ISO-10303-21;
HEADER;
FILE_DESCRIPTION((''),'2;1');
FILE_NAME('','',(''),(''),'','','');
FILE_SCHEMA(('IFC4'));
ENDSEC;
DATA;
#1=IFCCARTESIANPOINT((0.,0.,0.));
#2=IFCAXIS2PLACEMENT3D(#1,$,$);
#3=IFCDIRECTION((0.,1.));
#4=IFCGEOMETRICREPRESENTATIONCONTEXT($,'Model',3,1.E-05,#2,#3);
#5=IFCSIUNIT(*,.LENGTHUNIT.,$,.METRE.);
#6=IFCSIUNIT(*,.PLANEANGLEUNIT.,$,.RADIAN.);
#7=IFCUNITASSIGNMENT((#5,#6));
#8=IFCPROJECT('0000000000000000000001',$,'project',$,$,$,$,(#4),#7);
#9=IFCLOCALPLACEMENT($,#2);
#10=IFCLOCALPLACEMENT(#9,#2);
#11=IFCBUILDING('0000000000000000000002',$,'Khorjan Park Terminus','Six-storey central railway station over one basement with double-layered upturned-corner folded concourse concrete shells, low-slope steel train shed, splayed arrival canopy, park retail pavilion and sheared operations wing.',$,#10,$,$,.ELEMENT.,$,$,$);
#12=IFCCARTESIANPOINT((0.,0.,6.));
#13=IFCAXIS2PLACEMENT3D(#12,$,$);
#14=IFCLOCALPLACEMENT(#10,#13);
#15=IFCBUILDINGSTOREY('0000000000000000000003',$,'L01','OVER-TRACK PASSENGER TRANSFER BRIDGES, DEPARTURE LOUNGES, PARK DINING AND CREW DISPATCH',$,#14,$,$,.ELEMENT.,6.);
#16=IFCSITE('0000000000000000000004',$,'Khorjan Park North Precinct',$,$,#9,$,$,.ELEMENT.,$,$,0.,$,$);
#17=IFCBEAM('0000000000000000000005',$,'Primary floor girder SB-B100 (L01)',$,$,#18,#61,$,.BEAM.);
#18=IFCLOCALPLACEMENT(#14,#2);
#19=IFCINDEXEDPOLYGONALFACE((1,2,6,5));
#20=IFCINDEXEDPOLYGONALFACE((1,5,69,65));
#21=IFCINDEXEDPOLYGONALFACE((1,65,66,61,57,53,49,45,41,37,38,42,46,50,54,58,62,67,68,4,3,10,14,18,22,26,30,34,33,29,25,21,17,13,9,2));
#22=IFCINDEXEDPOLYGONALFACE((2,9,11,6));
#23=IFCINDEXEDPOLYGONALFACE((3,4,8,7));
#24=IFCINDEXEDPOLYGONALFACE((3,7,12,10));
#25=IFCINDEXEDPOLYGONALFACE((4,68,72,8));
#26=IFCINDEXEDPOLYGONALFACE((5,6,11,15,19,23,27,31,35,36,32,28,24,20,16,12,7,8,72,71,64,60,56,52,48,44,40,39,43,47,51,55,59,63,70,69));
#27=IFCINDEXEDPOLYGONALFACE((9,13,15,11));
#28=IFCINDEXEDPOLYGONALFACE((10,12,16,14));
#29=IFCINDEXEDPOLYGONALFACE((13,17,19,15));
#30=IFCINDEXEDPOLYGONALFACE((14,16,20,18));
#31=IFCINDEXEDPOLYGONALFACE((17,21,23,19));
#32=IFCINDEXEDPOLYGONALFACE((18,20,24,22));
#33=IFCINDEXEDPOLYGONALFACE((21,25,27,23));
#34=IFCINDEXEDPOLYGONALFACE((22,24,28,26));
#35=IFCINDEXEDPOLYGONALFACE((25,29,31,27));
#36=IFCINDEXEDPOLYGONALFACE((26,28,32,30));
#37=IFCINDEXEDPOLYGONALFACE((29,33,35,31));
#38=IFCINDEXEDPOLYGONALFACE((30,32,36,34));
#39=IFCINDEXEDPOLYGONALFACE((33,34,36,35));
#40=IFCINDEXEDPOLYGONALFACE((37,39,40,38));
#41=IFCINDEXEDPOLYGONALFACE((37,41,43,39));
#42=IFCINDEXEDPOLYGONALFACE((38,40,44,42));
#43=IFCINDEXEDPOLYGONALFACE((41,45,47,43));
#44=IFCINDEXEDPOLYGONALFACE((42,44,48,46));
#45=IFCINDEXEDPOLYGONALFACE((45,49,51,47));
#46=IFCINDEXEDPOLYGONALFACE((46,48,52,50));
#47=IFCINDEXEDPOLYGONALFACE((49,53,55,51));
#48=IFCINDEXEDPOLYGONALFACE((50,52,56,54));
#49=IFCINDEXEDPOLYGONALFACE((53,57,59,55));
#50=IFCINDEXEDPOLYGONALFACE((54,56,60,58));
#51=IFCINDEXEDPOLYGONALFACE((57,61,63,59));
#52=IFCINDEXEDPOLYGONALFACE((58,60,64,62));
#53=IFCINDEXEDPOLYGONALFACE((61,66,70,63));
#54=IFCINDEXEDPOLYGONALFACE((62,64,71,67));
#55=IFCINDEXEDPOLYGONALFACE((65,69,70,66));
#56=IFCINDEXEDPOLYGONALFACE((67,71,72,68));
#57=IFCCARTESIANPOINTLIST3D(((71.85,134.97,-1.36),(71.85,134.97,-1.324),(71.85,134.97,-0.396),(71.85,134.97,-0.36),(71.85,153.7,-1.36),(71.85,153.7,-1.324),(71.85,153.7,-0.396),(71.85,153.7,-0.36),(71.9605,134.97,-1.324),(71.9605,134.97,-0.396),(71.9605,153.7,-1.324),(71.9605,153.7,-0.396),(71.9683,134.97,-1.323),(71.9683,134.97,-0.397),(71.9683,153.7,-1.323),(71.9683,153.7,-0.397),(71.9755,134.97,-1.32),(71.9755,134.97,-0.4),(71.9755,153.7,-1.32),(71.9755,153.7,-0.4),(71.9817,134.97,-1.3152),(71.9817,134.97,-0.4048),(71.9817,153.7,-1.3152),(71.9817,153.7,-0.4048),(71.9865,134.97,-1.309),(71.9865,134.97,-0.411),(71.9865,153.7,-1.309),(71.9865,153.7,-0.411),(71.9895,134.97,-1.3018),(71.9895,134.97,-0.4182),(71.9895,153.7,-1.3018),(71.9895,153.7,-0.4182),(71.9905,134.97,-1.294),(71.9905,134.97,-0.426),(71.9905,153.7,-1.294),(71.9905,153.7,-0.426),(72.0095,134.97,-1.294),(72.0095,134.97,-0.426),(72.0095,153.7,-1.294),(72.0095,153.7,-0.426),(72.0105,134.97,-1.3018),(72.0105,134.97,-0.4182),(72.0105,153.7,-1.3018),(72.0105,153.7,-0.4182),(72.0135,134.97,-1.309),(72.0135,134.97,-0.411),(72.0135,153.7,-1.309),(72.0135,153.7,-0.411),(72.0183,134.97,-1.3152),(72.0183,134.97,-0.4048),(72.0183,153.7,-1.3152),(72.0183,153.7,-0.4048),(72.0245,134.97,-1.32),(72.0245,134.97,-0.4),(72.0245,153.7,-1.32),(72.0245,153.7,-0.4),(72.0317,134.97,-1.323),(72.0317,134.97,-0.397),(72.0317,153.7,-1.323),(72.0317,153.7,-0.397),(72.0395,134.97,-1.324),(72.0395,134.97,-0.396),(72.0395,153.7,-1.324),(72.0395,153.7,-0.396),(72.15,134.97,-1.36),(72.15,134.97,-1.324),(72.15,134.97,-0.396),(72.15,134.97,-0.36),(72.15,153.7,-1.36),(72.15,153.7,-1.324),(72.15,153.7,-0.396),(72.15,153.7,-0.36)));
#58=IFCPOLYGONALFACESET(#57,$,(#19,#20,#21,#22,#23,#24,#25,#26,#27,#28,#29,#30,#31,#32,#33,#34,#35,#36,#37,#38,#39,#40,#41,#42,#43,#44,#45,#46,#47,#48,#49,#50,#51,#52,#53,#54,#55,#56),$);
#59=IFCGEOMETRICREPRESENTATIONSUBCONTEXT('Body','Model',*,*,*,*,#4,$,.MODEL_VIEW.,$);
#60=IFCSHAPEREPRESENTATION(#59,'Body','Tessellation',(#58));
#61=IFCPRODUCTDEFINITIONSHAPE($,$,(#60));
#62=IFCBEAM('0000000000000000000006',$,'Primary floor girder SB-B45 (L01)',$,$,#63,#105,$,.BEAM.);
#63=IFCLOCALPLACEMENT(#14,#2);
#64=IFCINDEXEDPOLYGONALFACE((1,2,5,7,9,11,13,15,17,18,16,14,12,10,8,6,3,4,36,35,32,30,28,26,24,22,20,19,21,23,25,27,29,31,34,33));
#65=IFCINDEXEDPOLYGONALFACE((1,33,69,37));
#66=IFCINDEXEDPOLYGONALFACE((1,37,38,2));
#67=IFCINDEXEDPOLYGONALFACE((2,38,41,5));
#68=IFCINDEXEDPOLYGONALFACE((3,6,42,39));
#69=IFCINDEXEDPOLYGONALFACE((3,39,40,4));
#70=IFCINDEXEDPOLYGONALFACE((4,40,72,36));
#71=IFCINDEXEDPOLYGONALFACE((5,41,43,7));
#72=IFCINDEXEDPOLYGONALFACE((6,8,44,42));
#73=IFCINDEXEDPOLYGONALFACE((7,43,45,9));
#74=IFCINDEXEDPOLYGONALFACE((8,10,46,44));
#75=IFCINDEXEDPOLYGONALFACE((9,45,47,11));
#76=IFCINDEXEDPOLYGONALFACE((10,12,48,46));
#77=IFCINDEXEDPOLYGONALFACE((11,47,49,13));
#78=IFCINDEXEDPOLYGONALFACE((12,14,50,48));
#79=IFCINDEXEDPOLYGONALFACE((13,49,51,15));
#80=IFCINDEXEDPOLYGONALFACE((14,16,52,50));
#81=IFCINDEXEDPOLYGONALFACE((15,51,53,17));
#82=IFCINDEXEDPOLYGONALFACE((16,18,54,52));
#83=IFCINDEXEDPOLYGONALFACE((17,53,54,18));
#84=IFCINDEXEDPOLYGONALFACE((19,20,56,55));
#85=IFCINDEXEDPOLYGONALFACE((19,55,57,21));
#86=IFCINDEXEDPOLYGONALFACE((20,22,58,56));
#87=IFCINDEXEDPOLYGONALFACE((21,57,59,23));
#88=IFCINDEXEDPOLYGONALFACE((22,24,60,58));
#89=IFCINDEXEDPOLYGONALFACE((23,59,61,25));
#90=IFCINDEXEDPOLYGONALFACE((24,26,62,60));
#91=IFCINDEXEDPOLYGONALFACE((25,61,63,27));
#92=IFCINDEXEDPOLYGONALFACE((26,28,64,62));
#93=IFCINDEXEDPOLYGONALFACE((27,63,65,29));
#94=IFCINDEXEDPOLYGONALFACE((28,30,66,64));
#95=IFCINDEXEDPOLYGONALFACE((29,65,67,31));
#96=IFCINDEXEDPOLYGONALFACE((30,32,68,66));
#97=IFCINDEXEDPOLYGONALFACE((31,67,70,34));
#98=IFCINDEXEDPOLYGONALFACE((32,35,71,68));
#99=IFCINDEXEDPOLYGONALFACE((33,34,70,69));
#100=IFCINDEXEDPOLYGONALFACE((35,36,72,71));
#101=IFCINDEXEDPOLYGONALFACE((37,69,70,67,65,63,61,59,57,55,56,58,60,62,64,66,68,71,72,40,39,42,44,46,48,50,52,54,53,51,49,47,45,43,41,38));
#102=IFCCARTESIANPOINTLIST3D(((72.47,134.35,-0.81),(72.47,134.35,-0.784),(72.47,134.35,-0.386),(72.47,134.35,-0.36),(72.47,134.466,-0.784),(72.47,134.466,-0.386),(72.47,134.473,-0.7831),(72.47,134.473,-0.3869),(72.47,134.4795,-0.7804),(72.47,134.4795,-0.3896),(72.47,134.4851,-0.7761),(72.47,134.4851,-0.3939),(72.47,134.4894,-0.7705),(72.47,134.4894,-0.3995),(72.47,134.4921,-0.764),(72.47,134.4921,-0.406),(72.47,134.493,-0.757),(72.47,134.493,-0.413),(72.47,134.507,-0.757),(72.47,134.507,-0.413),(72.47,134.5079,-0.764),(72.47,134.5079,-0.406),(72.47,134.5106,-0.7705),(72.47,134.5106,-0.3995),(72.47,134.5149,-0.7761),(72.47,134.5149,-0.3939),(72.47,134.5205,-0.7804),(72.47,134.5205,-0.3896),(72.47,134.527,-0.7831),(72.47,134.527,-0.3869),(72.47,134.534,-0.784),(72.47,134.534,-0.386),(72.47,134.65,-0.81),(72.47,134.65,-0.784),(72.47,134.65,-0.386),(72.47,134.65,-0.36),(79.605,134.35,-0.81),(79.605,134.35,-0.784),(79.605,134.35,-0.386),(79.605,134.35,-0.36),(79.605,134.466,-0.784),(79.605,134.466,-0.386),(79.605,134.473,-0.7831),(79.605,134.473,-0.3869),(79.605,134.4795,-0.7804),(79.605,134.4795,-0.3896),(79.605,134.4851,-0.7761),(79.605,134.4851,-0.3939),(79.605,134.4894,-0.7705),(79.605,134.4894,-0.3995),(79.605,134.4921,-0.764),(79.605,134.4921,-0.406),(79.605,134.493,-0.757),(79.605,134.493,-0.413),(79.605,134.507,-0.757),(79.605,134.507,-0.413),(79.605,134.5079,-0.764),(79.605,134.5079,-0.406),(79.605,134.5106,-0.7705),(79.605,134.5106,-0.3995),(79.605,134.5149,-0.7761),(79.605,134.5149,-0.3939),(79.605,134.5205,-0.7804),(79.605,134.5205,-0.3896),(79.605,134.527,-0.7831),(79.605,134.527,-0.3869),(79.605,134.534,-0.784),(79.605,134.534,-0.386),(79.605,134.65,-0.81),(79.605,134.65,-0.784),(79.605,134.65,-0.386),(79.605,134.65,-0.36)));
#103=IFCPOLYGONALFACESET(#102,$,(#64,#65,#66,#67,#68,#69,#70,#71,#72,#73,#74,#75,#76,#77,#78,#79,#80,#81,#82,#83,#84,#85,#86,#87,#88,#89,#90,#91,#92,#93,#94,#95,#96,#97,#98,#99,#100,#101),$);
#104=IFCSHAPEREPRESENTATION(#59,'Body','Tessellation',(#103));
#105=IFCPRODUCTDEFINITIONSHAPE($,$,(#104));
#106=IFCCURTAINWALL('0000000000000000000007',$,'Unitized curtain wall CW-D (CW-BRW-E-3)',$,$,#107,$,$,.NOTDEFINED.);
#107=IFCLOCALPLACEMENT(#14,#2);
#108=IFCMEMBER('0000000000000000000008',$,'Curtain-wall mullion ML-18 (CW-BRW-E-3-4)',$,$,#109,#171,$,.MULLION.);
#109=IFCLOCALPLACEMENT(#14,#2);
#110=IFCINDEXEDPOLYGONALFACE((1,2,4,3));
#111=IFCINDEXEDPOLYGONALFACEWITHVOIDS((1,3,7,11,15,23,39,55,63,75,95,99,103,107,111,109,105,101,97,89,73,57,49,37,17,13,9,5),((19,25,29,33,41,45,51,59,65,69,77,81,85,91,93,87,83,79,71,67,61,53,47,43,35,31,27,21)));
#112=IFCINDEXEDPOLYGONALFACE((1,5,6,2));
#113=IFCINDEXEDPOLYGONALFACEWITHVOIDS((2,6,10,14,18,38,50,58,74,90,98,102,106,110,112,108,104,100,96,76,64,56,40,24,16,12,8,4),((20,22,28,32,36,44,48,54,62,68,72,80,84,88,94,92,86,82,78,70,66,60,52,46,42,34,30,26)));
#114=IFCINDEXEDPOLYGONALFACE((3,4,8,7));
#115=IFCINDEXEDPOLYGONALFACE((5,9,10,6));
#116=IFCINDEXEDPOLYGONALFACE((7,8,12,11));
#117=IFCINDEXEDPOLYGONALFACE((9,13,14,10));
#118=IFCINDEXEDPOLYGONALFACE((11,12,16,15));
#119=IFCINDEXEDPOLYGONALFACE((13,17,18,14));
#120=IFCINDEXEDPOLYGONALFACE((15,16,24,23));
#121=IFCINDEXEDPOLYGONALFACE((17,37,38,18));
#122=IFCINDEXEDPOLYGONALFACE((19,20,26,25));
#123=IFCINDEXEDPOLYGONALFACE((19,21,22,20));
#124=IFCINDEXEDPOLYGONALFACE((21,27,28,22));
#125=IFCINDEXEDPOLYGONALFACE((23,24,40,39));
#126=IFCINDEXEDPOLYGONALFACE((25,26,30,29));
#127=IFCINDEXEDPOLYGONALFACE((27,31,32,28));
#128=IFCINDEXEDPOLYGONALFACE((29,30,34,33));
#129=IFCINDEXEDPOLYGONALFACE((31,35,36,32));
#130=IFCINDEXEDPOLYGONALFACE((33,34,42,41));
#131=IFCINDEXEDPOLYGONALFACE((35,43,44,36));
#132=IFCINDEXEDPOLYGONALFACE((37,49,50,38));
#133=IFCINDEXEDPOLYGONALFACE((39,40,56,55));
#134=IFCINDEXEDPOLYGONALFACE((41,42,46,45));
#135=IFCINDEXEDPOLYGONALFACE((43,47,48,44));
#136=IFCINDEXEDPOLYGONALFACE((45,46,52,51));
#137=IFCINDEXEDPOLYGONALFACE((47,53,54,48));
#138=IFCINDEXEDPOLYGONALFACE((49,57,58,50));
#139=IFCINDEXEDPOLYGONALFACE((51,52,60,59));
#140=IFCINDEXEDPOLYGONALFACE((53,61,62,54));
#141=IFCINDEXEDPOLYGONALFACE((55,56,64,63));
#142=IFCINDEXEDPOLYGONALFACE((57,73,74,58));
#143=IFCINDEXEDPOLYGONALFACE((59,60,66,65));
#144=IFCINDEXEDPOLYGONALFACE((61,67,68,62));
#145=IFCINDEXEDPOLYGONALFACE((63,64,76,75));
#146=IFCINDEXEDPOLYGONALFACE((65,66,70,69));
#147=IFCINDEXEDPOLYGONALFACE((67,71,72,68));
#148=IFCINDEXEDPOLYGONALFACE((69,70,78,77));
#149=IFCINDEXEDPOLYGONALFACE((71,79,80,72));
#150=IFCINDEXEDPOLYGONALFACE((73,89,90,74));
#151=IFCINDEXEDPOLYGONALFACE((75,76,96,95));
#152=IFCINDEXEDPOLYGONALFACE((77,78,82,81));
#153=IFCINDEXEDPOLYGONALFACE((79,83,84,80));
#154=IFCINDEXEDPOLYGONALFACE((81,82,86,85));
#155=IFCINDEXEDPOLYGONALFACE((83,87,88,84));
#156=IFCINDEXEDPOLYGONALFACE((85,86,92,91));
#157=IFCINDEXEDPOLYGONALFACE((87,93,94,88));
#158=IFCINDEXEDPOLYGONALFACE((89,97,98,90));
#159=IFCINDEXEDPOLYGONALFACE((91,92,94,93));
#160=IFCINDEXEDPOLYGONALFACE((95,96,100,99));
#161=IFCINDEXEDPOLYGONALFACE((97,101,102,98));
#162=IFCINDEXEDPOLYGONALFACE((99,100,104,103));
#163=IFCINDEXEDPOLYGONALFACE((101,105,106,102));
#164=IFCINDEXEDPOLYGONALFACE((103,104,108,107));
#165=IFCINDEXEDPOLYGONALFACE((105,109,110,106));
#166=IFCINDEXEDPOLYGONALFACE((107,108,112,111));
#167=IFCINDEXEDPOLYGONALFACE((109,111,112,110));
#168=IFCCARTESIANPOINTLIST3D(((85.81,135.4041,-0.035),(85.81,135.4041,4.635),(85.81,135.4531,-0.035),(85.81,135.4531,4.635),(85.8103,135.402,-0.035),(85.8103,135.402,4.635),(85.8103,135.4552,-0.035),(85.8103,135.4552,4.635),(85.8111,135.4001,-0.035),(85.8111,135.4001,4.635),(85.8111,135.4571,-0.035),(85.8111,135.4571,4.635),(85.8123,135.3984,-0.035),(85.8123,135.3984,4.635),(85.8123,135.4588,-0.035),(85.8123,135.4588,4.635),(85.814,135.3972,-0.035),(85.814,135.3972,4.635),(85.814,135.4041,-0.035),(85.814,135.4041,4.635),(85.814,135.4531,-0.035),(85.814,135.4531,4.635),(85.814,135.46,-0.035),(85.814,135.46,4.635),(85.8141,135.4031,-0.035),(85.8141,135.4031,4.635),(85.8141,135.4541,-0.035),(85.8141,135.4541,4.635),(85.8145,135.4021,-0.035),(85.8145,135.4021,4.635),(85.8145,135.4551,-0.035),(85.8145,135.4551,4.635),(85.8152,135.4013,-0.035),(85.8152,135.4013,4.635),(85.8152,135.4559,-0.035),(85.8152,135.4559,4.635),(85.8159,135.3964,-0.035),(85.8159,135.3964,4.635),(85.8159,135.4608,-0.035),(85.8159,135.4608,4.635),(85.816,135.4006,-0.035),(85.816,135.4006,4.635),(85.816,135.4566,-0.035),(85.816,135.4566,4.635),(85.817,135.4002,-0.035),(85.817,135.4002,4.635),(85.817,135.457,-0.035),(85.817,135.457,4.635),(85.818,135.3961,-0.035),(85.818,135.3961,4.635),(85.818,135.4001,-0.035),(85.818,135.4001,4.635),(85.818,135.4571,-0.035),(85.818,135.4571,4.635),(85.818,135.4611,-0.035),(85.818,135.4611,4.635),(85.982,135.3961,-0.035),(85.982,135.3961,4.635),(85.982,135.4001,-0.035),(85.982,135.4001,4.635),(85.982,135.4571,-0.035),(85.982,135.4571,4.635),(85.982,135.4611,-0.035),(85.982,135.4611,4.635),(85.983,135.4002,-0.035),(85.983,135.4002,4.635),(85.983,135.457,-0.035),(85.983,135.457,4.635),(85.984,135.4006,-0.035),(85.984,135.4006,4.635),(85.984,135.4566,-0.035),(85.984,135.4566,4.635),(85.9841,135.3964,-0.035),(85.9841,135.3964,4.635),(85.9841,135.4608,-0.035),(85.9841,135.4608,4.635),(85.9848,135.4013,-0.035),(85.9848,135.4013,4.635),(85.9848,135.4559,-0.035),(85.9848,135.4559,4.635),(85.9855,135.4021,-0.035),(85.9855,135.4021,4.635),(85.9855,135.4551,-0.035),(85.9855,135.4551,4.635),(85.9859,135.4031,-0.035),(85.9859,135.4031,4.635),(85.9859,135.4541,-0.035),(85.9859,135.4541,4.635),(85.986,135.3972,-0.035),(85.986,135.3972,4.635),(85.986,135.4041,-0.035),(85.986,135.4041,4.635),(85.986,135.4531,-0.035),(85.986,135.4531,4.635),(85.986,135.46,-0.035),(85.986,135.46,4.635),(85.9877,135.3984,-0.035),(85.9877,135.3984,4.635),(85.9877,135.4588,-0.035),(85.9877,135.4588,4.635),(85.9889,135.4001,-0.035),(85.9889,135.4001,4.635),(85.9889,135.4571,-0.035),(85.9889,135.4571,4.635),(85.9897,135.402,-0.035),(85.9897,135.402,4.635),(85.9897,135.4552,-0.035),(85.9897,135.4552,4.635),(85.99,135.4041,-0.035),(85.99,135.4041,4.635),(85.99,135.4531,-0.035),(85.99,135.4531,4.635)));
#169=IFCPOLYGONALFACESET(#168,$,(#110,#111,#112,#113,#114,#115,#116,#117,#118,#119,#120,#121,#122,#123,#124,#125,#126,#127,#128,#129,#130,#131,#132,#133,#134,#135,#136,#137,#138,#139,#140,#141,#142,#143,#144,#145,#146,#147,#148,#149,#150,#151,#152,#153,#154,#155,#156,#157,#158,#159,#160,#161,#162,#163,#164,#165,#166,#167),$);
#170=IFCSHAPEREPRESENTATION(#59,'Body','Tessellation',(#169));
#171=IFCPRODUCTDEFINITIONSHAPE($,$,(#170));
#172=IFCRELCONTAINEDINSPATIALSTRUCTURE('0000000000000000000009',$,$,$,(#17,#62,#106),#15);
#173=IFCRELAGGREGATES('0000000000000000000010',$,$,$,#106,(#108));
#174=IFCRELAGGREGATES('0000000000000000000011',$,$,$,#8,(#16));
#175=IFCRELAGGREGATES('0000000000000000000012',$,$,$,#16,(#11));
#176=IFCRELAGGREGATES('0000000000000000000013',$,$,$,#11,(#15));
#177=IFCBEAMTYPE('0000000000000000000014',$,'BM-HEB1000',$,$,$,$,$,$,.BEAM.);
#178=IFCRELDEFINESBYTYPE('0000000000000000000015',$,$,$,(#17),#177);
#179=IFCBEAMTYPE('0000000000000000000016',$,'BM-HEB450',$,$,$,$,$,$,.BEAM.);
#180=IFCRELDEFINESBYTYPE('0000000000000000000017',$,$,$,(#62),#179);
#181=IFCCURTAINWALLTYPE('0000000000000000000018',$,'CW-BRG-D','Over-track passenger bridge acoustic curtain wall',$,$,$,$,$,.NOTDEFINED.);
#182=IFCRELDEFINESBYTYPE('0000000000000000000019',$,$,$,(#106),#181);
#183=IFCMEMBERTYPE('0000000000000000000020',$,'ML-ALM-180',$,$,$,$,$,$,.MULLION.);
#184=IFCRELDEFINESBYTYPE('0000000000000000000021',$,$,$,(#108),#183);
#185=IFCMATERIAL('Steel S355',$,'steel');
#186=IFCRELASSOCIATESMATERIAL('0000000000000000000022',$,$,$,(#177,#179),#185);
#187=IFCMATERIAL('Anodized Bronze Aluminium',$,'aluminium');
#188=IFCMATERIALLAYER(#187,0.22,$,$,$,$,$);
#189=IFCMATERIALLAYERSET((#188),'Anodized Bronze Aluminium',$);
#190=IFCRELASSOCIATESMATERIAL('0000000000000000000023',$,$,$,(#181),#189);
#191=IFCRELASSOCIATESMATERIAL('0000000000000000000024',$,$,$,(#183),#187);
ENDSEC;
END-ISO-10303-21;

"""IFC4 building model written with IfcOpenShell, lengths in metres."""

from ifc_helpers import new_model, si_unit, direction, frame, origin, origin_2d, place, context, subcontext, project, spatial, hollow_rectangle, i_section, extrude, material, layer, layer_set, material_profile, profile_set, type_object, element, aggregate, save


model = new_model("IFC4")

# Units and contexts
model_context = context("Model", 3, precision=1e-05, world=origin(), true_north=direction((0.0, 1.0)))
body_context = subcontext(model_context, "Body", "Model", "MODEL_VIEW")
ifc_project = project(units=[si_unit("LENGTHUNIT", "METRE"), si_unit("PLANEANGLEUNIT", "RADIAN")], contexts=[model_context])

# Site, building, storey
site_placement = place(None, origin())
site = spatial("IfcSite", under=ifc_project, at=site_placement, Name="Khorjan Park North Precinct", CompositionType="ELEMENT", RefElevation=0.0)
building_placement = place(site_placement, origin())
building = spatial("IfcBuilding", under=site, at=building_placement, Name="Khorjan Park Terminus", Description="Six-storey central railway station over one basement with double-layered upturned-corner folded concourse concrete shells, low-slope steel train shed, splayed arrival canopy, park retail pavilion and sheared operations wing.", CompositionType="ELEMENT")
storey_placement = place(building_placement, frame((0.0, 0.0, 6.0)))
storey = spatial("IfcBuildingStorey", under=building, at=storey_placement, Name="L01", Description="OVER-TRACK PASSENGER TRANSFER BRIDGES, DEPARTURE LOUNGES, PARK DINING AND CREW DISPATCH", CompositionType="ELEMENT", Elevation=6.0)

# Beams
ifc_material_1 = material(Name="Steel S355", Category="steel")
ifc_material_profile_1 = material_profile(ifc_material_1, i_section(OverallWidth=0.3, OverallDepth=1.0, WebThickness=0.019, FlangeThickness=0.036, FilletRadius=0.03, at=origin_2d()), Name="HEB 1000")
ifc_profile_set_1 = profile_set([ifc_material_profile_1], Name="Steel S355")
beam_type_1 = type_object("IfcBeamType", Name="BM-HEB1000", PredefinedType="BEAM", material=ifc_profile_set_1)
beam_1_placement = place(storey_placement, frame((72.0, 134.97, -0.86), z_axis=(0.0, 1.0, 0.0), x_axis=(-1.0, 0.0, 0.0)))
element("IfcBeam", 1, at=beam_1_placement, inside=storey, type_object=beam_type_1, Name="Primary floor girder SB-B100 (L01)", PredefinedType="BEAM", context=body_context, shape_type="SweptSolid", body=[
    extrude(i_section(OverallWidth=0.3, OverallDepth=1.0, WebThickness=0.019, FlangeThickness=0.036, FilletRadius=0.03, at=origin_2d()), origin(), (0.0, 0.0, 1.0), 18.73),
])
ifc_material_profile_2 = material_profile(ifc_material_1, i_section(OverallWidth=0.3, OverallDepth=0.45, WebThickness=0.014, FlangeThickness=0.026, FilletRadius=0.027, at=origin_2d()), Name="HEB 450")
ifc_profile_set_2 = profile_set([ifc_material_profile_2], Name="Steel S355")
beam_type_2 = type_object("IfcBeamType", Name="BM-HEB450", PredefinedType="BEAM", material=ifc_profile_set_2)
beam_2_placement = place(storey_placement, frame((72.47, 134.5, -0.585), z_axis=(1.0, 0.0, 0.0), x_axis=(0.0, 1.0, 0.0)))
element("IfcBeam", 2, at=beam_2_placement, inside=storey, type_object=beam_type_2, Name="Primary floor girder SB-B45 (L01)", PredefinedType="BEAM", context=body_context, shape_type="SweptSolid", body=[
    extrude(i_section(OverallWidth=0.3, OverallDepth=0.45, WebThickness=0.014, FlangeThickness=0.026, FilletRadius=0.027, at=origin_2d()), origin(), (0.0, 0.0, 1.0), 7.135),
])

# Curtain wall, member
ifc_material_2 = material(Name="Anodized Bronze Aluminium", Category="aluminium")
ifc_layer_1 = layer(ifc_material_2, 0.22)
ifc_layer_set_1 = layer_set([ifc_layer_1], Name="Anodized Bronze Aluminium")
curtain_wall_type = type_object("IfcCurtainWallType", Name="CW-BRG-D", Description="Over-track passenger bridge acoustic curtain wall", PredefinedType="NOTDEFINED", material=ifc_layer_set_1)
curtain_wall_1_placement = place(storey_placement, origin())
curtain_wall_1 = element("IfcCurtainWall", 3, at=curtain_wall_1_placement, inside=storey, type_object=curtain_wall_type, Name="Unitized curtain wall CW-D (CW-BRW-E-3)", PredefinedType="NOTDEFINED")
ifc_material_profile_3 = material_profile(ifc_material_2, hollow_rectangle(XDim=0.065, YDim=0.18, WallThickness=0.004, InnerFilletRadius=0.004, OuterFilletRadius=0.008, at=origin_2d()), Name="ALM 65x180x4")
ifc_profile_set_3 = profile_set([ifc_material_profile_3], Name="Anodized Bronze Aluminium")
member_type_1 = type_object("IfcMemberType", Name="ML-ALM-180", PredefinedType="MULLION", material=ifc_profile_set_3)
member_1_placement = place(storey_placement, frame((85.9, 135.4286, -0.035), z_axis=(0.0, 0.0, 1.0), x_axis=(0.0, 1.0, 0.0)))
member_1 = element("IfcMember", 4, at=member_1_placement, type_object=member_type_1, Name="Curtain-wall mullion ML-18 (CW-BRW-E-3-4)", PredefinedType="MULLION", context=body_context, shape_type="SweptSolid", body=[
    extrude(hollow_rectangle(XDim=0.065, YDim=0.18, WallThickness=0.004, InnerFilletRadius=0.004, OuterFilletRadius=0.008, at=origin_2d()), origin(), (0.0, 0.0, 1.0), 4.67),
])

aggregate(curtain_wall_1, [member_1])

save(model, "model.ifc")
